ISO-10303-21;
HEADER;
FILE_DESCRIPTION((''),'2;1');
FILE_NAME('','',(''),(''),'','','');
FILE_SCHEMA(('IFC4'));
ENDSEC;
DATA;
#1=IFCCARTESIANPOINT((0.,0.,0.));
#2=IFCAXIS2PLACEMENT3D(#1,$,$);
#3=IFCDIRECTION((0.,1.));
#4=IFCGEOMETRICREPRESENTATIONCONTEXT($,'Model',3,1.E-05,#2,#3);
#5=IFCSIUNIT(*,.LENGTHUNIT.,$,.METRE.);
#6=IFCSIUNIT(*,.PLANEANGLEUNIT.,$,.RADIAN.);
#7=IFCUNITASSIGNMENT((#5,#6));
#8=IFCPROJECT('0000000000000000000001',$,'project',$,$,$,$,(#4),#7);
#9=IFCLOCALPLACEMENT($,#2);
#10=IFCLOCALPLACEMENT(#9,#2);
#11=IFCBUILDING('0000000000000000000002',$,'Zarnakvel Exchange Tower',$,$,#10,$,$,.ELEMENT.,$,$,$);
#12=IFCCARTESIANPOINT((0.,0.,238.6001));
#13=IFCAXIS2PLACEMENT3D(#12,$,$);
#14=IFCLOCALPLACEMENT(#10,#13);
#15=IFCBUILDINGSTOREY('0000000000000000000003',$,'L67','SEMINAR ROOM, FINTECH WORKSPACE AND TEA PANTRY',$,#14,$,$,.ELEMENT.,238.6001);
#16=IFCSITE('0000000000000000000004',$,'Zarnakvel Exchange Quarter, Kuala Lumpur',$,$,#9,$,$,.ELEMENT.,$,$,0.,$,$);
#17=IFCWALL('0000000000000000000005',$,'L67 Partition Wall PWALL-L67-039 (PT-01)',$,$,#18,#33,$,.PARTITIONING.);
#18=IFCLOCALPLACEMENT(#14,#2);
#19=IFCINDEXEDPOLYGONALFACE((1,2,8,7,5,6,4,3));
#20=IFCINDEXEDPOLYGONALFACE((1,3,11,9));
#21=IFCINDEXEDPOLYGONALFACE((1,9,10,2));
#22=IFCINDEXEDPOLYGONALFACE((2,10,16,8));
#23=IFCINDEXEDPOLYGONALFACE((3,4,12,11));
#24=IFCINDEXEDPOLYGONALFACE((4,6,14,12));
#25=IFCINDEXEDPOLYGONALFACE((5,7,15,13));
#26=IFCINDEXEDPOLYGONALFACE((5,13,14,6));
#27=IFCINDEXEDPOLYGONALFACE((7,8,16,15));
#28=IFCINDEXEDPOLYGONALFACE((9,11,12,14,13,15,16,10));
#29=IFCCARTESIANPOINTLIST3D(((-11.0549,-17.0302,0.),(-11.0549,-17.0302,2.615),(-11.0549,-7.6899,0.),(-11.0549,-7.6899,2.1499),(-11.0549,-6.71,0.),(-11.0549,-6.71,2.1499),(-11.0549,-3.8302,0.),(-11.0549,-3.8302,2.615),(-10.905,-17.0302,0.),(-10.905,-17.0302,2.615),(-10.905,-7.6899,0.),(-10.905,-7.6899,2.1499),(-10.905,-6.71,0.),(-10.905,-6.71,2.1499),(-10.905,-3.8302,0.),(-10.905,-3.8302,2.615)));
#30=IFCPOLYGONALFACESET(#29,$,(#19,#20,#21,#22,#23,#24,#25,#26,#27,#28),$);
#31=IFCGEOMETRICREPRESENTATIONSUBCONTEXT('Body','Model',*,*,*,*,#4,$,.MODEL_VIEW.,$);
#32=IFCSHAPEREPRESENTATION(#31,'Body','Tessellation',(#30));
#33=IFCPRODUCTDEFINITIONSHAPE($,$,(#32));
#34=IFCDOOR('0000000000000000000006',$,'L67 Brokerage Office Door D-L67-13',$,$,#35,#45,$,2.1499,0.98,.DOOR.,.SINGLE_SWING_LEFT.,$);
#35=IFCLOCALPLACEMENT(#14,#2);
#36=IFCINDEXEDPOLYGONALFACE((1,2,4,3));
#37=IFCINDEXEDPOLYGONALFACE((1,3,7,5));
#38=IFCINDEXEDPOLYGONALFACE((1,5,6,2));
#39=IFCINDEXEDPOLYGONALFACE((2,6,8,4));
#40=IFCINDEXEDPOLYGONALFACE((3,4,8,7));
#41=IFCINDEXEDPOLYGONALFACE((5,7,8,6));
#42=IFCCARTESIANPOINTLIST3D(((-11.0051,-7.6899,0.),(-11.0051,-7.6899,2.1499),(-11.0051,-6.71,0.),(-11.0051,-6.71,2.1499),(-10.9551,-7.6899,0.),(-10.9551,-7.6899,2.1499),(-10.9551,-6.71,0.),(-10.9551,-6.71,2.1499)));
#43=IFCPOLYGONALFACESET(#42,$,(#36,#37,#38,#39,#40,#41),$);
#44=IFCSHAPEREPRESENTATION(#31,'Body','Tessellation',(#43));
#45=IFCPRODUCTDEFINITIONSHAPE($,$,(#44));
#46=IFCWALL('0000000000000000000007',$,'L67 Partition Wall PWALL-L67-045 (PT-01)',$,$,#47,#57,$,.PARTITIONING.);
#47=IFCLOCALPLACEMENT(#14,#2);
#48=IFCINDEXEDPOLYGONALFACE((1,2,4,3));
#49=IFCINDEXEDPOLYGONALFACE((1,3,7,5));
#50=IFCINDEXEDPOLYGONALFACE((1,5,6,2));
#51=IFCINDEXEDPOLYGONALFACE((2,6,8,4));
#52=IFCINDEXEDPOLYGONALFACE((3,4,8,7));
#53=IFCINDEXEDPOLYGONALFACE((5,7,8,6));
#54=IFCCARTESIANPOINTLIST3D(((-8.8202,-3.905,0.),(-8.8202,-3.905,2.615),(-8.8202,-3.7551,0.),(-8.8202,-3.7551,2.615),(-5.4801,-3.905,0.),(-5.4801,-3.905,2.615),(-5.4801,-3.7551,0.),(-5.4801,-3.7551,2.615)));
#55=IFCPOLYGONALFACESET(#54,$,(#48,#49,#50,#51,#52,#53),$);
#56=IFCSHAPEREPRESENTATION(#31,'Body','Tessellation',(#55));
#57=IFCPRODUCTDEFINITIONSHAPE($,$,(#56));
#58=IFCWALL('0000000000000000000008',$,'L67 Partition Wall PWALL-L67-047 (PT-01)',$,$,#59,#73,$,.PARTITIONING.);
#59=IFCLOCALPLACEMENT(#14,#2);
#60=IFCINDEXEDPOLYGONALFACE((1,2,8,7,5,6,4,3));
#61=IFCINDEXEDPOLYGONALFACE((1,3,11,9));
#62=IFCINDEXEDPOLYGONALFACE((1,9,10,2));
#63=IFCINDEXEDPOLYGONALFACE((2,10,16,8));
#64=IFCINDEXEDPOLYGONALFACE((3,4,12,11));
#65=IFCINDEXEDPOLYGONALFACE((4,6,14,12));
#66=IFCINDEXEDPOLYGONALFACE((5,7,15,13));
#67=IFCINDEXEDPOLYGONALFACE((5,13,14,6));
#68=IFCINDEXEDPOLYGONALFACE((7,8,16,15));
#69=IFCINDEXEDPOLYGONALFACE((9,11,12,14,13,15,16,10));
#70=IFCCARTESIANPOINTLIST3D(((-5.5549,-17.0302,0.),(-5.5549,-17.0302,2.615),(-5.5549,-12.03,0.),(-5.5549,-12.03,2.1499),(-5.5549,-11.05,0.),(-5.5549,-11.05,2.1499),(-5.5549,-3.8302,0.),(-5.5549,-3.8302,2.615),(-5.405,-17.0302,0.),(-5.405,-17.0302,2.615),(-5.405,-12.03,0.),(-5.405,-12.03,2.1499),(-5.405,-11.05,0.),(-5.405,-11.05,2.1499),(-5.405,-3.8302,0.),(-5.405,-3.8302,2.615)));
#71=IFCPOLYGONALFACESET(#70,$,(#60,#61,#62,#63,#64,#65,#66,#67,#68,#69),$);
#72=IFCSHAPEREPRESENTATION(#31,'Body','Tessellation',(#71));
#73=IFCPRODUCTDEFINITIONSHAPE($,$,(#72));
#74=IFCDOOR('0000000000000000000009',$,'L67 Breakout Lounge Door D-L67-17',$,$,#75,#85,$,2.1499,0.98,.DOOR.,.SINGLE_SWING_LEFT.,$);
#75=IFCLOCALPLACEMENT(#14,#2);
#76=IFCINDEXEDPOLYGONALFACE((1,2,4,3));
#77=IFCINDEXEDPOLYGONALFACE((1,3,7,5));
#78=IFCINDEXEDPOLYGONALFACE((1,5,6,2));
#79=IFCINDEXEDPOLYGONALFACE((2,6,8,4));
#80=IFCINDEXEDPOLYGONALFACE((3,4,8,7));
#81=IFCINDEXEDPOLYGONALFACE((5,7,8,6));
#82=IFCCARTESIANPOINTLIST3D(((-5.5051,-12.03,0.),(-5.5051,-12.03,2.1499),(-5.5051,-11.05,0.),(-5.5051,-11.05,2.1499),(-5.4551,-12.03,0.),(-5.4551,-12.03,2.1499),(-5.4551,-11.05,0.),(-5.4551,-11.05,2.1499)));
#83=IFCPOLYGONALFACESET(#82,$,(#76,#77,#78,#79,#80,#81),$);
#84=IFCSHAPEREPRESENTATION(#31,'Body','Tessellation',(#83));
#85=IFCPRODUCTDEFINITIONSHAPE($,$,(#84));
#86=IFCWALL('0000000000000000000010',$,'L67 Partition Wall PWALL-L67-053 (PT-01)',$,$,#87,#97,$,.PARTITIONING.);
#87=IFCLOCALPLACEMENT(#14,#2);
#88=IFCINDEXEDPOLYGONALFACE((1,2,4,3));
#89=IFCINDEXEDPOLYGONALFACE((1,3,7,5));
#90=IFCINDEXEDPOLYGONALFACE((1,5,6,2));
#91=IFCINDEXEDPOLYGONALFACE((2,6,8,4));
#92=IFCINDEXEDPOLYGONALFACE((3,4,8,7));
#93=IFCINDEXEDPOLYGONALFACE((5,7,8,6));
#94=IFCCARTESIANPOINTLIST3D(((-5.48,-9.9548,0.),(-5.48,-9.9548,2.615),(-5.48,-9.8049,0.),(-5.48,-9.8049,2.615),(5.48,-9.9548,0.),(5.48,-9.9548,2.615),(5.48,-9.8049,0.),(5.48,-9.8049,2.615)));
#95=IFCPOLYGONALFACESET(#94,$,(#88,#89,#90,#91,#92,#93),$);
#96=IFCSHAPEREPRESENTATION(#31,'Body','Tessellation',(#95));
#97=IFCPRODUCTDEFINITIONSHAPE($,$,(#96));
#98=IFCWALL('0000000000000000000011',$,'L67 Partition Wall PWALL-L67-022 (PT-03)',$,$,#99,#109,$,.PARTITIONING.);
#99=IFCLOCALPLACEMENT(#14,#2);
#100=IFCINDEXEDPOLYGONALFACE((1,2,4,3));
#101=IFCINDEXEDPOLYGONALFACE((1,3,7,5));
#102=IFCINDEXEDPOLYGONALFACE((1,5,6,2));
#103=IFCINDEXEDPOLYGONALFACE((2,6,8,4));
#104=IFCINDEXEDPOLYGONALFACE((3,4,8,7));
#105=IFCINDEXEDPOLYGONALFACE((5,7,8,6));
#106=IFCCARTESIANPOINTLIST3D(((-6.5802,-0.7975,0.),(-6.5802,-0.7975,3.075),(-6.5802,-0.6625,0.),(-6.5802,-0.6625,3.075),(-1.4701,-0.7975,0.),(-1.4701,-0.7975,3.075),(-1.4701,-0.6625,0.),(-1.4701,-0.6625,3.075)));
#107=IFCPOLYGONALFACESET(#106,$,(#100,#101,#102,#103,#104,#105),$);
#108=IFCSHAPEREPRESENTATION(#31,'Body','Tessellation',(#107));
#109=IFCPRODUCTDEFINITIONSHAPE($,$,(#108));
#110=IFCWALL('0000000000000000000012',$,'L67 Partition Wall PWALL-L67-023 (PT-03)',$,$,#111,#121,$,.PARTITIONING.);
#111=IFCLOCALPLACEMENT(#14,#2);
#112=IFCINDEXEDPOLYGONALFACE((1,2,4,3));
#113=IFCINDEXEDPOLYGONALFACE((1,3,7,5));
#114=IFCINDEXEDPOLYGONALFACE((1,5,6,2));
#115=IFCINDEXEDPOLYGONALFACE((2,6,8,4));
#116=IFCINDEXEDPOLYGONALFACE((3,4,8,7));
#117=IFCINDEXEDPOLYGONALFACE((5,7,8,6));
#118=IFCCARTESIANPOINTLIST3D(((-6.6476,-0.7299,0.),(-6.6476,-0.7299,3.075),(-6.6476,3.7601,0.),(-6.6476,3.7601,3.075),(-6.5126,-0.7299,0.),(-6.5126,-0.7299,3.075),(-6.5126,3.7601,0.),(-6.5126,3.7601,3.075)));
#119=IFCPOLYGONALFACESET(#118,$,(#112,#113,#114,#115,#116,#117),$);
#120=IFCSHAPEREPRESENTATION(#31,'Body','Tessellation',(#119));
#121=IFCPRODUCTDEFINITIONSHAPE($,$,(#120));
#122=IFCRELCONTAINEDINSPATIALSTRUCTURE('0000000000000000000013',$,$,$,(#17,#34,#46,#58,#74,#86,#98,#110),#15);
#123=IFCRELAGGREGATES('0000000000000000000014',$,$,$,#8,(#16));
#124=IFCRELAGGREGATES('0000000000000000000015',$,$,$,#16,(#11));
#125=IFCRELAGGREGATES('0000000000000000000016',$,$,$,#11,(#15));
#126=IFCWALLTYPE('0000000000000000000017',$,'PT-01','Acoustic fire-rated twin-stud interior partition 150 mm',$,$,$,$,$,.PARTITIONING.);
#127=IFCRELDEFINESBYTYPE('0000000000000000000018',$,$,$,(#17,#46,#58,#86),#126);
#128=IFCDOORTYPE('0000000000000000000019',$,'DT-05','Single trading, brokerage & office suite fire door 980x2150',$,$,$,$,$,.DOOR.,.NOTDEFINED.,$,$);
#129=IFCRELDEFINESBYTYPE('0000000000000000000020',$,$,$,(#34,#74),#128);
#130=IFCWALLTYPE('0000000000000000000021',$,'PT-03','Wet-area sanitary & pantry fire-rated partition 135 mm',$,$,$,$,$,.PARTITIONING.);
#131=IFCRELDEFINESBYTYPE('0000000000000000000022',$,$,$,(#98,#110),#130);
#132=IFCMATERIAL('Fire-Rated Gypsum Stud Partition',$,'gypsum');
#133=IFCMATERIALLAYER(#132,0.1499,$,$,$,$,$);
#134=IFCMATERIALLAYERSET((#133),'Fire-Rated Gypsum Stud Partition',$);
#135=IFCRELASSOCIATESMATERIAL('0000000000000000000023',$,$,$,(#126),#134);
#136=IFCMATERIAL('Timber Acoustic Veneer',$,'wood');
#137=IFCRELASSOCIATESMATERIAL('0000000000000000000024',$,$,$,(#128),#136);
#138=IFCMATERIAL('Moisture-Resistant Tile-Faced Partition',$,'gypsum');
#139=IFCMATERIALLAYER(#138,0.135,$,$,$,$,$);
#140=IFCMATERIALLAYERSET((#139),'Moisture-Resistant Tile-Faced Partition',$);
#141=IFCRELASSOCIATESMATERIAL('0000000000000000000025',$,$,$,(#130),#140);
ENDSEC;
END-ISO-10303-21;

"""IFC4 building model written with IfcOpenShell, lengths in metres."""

from ifc_helpers import new_model, si_unit, direction, frame, frame_2d, origin, place, context, subcontext, project, spatial, rectangle, extrude, source, transform, mapped, material, layer, layer_set, type_object, element, fill, save


model = new_model("IFC4")

# Units and contexts
model_context = context("Model", 3, precision=1e-05, world=origin(), true_north=direction((0.0, 1.0)))
body_context = subcontext(model_context, "Body", "Model", "MODEL_VIEW")
ifc_project = project(units=[si_unit("LENGTHUNIT", "METRE"), si_unit("PLANEANGLEUNIT", "RADIAN")], contexts=[model_context])

# Site, building, storey
site_placement = place(None, origin())
site = spatial("IfcSite", under=ifc_project, at=site_placement, Name="Zarnakvel Exchange Quarter, Kuala Lumpur", CompositionType="ELEMENT", RefElevation=0.0)
building_placement = place(site_placement, origin())
building = spatial("IfcBuilding", under=site, at=building_placement, Name="Zarnakvel Exchange Tower", CompositionType="ELEMENT")
storey_placement = place(building_placement, frame((0.0, 0.0, 238.6001)))
storey = spatial("IfcBuildingStorey", under=building, at=storey_placement, Name="L67", Description="SEMINAR ROOM, FINTECH WORKSPACE AND TEA PANTRY", CompositionType="ELEMENT", Elevation=238.6001)

# Wall, opening, door
ifc_material_1 = material(Name="Fire-Rated Gypsum Stud Partition", Category="gypsum")
ifc_layer_1 = layer(ifc_material_1, 0.1499)
ifc_layer_set_1 = layer_set([ifc_layer_1], Name="Fire-Rated Gypsum Stud Partition")
wall_type_1 = type_object("IfcWallType", Name="PT-01", Description="Acoustic fire-rated twin-stud interior partition 150 mm", PredefinedType="PARTITIONING", material=ifc_layer_set_1)
wall_1_placement = place(storey_placement, frame((-10.98, -3.8301, 0.0), z_axis=(0.0, 0.0, 1.0), x_axis=(0.0, -1.0, 0.0)))
wall_1 = element("IfcWall", 1, at=wall_1_placement, inside=storey, type_object=wall_type_1, Name="L67 Partition Wall PWALL-L67-039 (PT-01)", PredefinedType="PARTITIONING", context=body_context, shape_type="SweptSolid", body=[
    extrude(rectangle(XDim=13.2, YDim=0.1499, at=frame_2d((6.6001, 0.0))), origin(), (0.0, 0.0, 1.0), 2.615),
])
opening_1_placement = place(wall_1_placement, frame((2.8799, 0.0, 0.0)))
opening_1 = element("IfcOpeningElement", 2, at=opening_1_placement, cuts=wall_1, PredefinedType="OPENING", context=body_context, shape_type="SweptSolid", body=[
    extrude(rectangle(XDim=0.98, YDim=2.1499, at=frame_2d((0.49, 1.075))), frame((0.0, 0.085, 0.0), z_axis=(0.0, -1.0, 0.0), x_axis=(1.0, 0.0, 0.0)), (0.0, 0.0, 1.0), 0.1699),
])
ifc_material_2 = material(Name="Timber Acoustic Veneer", Category="wood")
door_type_1 = type_object("IfcDoorType", Name="DT-05", Description="Single trading, brokerage & office suite fire door 980x2150", OperationType="NOTDEFINED", PredefinedType="DOOR", material=ifc_material_2)
shared_shape_1 = source(origin(), body_context, "Body", "SweptSolid", [
    extrude(rectangle(XDim=0.98, YDim=2.1499, at=frame_2d((0.49, 1.075))), frame((0.0, 0.0249, 0.0), z_axis=(0.0, -1.0, 0.0), x_axis=(1.0, 0.0, 0.0)), (0.0, 0.0, 1.0), 0.05),
])
door_1_placement = place(opening_1_placement, origin())
door_1 = element("IfcDoor", 3, at=door_1_placement, inside=storey, type_object=door_type_1, Name="L67 Brokerage Office Door D-L67-13", OperationType="SINGLE_SWING_LEFT", OverallHeight=2.1499, OverallWidth=0.98, PredefinedType="DOOR", context=body_context, shape_type="MappedRepresentation", body=[
    mapped(shared_shape_1, transform((0.0, 0.0, 0.0), x_axis=(1.0, 0.0, 0.0), y_axis=(0.0, 1.0, 0.0), z_axis=(0.0, 0.0, 1.0), scale=1.0)),
])
fill(opening_1, door_1)

# Wall
wall_2_placement = place(storey_placement, frame((-8.8201, -3.8301, 0.0), z_axis=(0.0, 0.0, 1.0), x_axis=(1.0, 0.0, 0.0)))
element("IfcWall", 4, at=wall_2_placement, inside=storey, type_object=wall_type_1, Name="L67 Partition Wall PWALL-L67-045 (PT-01)", PredefinedType="PARTITIONING", context=body_context, shape_type="SweptSolid", body=[
    extrude(rectangle(XDim=3.3401, YDim=0.1499, at=frame_2d((1.6699, 0.0))), origin(), (0.0, 0.0, 1.0), 2.615),
])

# Wall, opening, door
wall_3_placement = place(storey_placement, frame((-5.48, -3.8301, 0.0), z_axis=(0.0, 0.0, 1.0), x_axis=(0.0, -1.0, 0.0)))
wall_3 = element("IfcWall", 5, at=wall_3_placement, inside=storey, type_object=wall_type_1, Name="L67 Partition Wall PWALL-L67-047 (PT-01)", PredefinedType="PARTITIONING", context=body_context, shape_type="SweptSolid", body=[
    extrude(rectangle(XDim=13.2, YDim=0.1499, at=frame_2d((6.6001, 0.0))), origin(), (0.0, 0.0, 1.0), 2.615),
])
opening_2_placement = place(wall_3_placement, frame((7.22, 0.0, 0.0)))
opening_2 = element("IfcOpeningElement", 6, at=opening_2_placement, cuts=wall_3, PredefinedType="OPENING", context=body_context, shape_type="SweptSolid", body=[
    extrude(rectangle(XDim=0.98, YDim=2.1499, at=frame_2d((0.49, 1.075))), frame((0.0, 0.085, 0.0), z_axis=(0.0, -1.0, 0.0), x_axis=(1.0, 0.0, 0.0)), (0.0, 0.0, 1.0), 0.1699),
])
door_2_placement = place(opening_2_placement, origin())
door_2 = element("IfcDoor", 7, at=door_2_placement, inside=storey, type_object=door_type_1, Name="L67 Breakout Lounge Door D-L67-17", OperationType="SINGLE_SWING_LEFT", OverallHeight=2.1499, OverallWidth=0.98, PredefinedType="DOOR", context=body_context, shape_type="MappedRepresentation", body=[
    mapped(shared_shape_1, transform((0.0, 0.0, 0.0), x_axis=(1.0, 0.0, 0.0), y_axis=(0.0, 1.0, 0.0), z_axis=(0.0, 0.0, 1.0), scale=1.0)),
])
fill(opening_2, door_2)

# Walls
wall_4_placement = place(storey_placement, frame((-5.48, -9.8799, 0.0), z_axis=(0.0, 0.0, 1.0), x_axis=(1.0, 0.0, 0.0)))
element("IfcWall", 8, at=wall_4_placement, inside=storey, type_object=wall_type_1, Name="L67 Partition Wall PWALL-L67-053 (PT-01)", PredefinedType="PARTITIONING", context=body_context, shape_type="SweptSolid", body=[
    extrude(rectangle(XDim=10.96, YDim=0.1499, at=frame_2d((5.48, 0.0))), origin(), (0.0, 0.0, 1.0), 2.615),
])
ifc_material_3 = material(Name="Moisture-Resistant Tile-Faced Partition", Category="gypsum")
ifc_layer_2 = layer(ifc_material_3, 0.135)
ifc_layer_set_2 = layer_set([ifc_layer_2], Name="Moisture-Resistant Tile-Faced Partition")
wall_type_2 = type_object("IfcWallType", Name="PT-03", Description="Wet-area sanitary & pantry fire-rated partition 135 mm", PredefinedType="PARTITIONING", material=ifc_layer_set_2)
wall_5_placement = place(storey_placement, frame((-1.47, -0.73, 0.0), z_axis=(0.0, 0.0, 1.0), x_axis=(-1.0, 0.0, 0.0)))
element("IfcWall", 9, at=wall_5_placement, inside=storey, type_object=wall_type_2, Name="L67 Partition Wall PWALL-L67-022 (PT-03)", PredefinedType="PARTITIONING", context=body_context, shape_type="SweptSolid", body=[
    extrude(rectangle(XDim=5.1101, YDim=0.135, at=frame_2d((2.5552, 0.0))), origin(), (0.0, 0.0, 1.0), 3.075),
])
wall_6_placement = place(storey_placement, frame((-6.5801, -0.73, 0.0), z_axis=(0.0, 0.0, 1.0), x_axis=(0.0, 1.0, 0.0)))
element("IfcWall", 10, at=wall_6_placement, inside=storey, type_object=wall_type_2, Name="L67 Partition Wall PWALL-L67-023 (PT-03)", PredefinedType="PARTITIONING", context=body_context, shape_type="SweptSolid", body=[
    extrude(rectangle(XDim=4.49, YDim=0.135, at=frame_2d((2.2451, 0.0))), origin(), (0.0, 0.0, 1.0), 3.075),
])

save(model, "model.ifc")
